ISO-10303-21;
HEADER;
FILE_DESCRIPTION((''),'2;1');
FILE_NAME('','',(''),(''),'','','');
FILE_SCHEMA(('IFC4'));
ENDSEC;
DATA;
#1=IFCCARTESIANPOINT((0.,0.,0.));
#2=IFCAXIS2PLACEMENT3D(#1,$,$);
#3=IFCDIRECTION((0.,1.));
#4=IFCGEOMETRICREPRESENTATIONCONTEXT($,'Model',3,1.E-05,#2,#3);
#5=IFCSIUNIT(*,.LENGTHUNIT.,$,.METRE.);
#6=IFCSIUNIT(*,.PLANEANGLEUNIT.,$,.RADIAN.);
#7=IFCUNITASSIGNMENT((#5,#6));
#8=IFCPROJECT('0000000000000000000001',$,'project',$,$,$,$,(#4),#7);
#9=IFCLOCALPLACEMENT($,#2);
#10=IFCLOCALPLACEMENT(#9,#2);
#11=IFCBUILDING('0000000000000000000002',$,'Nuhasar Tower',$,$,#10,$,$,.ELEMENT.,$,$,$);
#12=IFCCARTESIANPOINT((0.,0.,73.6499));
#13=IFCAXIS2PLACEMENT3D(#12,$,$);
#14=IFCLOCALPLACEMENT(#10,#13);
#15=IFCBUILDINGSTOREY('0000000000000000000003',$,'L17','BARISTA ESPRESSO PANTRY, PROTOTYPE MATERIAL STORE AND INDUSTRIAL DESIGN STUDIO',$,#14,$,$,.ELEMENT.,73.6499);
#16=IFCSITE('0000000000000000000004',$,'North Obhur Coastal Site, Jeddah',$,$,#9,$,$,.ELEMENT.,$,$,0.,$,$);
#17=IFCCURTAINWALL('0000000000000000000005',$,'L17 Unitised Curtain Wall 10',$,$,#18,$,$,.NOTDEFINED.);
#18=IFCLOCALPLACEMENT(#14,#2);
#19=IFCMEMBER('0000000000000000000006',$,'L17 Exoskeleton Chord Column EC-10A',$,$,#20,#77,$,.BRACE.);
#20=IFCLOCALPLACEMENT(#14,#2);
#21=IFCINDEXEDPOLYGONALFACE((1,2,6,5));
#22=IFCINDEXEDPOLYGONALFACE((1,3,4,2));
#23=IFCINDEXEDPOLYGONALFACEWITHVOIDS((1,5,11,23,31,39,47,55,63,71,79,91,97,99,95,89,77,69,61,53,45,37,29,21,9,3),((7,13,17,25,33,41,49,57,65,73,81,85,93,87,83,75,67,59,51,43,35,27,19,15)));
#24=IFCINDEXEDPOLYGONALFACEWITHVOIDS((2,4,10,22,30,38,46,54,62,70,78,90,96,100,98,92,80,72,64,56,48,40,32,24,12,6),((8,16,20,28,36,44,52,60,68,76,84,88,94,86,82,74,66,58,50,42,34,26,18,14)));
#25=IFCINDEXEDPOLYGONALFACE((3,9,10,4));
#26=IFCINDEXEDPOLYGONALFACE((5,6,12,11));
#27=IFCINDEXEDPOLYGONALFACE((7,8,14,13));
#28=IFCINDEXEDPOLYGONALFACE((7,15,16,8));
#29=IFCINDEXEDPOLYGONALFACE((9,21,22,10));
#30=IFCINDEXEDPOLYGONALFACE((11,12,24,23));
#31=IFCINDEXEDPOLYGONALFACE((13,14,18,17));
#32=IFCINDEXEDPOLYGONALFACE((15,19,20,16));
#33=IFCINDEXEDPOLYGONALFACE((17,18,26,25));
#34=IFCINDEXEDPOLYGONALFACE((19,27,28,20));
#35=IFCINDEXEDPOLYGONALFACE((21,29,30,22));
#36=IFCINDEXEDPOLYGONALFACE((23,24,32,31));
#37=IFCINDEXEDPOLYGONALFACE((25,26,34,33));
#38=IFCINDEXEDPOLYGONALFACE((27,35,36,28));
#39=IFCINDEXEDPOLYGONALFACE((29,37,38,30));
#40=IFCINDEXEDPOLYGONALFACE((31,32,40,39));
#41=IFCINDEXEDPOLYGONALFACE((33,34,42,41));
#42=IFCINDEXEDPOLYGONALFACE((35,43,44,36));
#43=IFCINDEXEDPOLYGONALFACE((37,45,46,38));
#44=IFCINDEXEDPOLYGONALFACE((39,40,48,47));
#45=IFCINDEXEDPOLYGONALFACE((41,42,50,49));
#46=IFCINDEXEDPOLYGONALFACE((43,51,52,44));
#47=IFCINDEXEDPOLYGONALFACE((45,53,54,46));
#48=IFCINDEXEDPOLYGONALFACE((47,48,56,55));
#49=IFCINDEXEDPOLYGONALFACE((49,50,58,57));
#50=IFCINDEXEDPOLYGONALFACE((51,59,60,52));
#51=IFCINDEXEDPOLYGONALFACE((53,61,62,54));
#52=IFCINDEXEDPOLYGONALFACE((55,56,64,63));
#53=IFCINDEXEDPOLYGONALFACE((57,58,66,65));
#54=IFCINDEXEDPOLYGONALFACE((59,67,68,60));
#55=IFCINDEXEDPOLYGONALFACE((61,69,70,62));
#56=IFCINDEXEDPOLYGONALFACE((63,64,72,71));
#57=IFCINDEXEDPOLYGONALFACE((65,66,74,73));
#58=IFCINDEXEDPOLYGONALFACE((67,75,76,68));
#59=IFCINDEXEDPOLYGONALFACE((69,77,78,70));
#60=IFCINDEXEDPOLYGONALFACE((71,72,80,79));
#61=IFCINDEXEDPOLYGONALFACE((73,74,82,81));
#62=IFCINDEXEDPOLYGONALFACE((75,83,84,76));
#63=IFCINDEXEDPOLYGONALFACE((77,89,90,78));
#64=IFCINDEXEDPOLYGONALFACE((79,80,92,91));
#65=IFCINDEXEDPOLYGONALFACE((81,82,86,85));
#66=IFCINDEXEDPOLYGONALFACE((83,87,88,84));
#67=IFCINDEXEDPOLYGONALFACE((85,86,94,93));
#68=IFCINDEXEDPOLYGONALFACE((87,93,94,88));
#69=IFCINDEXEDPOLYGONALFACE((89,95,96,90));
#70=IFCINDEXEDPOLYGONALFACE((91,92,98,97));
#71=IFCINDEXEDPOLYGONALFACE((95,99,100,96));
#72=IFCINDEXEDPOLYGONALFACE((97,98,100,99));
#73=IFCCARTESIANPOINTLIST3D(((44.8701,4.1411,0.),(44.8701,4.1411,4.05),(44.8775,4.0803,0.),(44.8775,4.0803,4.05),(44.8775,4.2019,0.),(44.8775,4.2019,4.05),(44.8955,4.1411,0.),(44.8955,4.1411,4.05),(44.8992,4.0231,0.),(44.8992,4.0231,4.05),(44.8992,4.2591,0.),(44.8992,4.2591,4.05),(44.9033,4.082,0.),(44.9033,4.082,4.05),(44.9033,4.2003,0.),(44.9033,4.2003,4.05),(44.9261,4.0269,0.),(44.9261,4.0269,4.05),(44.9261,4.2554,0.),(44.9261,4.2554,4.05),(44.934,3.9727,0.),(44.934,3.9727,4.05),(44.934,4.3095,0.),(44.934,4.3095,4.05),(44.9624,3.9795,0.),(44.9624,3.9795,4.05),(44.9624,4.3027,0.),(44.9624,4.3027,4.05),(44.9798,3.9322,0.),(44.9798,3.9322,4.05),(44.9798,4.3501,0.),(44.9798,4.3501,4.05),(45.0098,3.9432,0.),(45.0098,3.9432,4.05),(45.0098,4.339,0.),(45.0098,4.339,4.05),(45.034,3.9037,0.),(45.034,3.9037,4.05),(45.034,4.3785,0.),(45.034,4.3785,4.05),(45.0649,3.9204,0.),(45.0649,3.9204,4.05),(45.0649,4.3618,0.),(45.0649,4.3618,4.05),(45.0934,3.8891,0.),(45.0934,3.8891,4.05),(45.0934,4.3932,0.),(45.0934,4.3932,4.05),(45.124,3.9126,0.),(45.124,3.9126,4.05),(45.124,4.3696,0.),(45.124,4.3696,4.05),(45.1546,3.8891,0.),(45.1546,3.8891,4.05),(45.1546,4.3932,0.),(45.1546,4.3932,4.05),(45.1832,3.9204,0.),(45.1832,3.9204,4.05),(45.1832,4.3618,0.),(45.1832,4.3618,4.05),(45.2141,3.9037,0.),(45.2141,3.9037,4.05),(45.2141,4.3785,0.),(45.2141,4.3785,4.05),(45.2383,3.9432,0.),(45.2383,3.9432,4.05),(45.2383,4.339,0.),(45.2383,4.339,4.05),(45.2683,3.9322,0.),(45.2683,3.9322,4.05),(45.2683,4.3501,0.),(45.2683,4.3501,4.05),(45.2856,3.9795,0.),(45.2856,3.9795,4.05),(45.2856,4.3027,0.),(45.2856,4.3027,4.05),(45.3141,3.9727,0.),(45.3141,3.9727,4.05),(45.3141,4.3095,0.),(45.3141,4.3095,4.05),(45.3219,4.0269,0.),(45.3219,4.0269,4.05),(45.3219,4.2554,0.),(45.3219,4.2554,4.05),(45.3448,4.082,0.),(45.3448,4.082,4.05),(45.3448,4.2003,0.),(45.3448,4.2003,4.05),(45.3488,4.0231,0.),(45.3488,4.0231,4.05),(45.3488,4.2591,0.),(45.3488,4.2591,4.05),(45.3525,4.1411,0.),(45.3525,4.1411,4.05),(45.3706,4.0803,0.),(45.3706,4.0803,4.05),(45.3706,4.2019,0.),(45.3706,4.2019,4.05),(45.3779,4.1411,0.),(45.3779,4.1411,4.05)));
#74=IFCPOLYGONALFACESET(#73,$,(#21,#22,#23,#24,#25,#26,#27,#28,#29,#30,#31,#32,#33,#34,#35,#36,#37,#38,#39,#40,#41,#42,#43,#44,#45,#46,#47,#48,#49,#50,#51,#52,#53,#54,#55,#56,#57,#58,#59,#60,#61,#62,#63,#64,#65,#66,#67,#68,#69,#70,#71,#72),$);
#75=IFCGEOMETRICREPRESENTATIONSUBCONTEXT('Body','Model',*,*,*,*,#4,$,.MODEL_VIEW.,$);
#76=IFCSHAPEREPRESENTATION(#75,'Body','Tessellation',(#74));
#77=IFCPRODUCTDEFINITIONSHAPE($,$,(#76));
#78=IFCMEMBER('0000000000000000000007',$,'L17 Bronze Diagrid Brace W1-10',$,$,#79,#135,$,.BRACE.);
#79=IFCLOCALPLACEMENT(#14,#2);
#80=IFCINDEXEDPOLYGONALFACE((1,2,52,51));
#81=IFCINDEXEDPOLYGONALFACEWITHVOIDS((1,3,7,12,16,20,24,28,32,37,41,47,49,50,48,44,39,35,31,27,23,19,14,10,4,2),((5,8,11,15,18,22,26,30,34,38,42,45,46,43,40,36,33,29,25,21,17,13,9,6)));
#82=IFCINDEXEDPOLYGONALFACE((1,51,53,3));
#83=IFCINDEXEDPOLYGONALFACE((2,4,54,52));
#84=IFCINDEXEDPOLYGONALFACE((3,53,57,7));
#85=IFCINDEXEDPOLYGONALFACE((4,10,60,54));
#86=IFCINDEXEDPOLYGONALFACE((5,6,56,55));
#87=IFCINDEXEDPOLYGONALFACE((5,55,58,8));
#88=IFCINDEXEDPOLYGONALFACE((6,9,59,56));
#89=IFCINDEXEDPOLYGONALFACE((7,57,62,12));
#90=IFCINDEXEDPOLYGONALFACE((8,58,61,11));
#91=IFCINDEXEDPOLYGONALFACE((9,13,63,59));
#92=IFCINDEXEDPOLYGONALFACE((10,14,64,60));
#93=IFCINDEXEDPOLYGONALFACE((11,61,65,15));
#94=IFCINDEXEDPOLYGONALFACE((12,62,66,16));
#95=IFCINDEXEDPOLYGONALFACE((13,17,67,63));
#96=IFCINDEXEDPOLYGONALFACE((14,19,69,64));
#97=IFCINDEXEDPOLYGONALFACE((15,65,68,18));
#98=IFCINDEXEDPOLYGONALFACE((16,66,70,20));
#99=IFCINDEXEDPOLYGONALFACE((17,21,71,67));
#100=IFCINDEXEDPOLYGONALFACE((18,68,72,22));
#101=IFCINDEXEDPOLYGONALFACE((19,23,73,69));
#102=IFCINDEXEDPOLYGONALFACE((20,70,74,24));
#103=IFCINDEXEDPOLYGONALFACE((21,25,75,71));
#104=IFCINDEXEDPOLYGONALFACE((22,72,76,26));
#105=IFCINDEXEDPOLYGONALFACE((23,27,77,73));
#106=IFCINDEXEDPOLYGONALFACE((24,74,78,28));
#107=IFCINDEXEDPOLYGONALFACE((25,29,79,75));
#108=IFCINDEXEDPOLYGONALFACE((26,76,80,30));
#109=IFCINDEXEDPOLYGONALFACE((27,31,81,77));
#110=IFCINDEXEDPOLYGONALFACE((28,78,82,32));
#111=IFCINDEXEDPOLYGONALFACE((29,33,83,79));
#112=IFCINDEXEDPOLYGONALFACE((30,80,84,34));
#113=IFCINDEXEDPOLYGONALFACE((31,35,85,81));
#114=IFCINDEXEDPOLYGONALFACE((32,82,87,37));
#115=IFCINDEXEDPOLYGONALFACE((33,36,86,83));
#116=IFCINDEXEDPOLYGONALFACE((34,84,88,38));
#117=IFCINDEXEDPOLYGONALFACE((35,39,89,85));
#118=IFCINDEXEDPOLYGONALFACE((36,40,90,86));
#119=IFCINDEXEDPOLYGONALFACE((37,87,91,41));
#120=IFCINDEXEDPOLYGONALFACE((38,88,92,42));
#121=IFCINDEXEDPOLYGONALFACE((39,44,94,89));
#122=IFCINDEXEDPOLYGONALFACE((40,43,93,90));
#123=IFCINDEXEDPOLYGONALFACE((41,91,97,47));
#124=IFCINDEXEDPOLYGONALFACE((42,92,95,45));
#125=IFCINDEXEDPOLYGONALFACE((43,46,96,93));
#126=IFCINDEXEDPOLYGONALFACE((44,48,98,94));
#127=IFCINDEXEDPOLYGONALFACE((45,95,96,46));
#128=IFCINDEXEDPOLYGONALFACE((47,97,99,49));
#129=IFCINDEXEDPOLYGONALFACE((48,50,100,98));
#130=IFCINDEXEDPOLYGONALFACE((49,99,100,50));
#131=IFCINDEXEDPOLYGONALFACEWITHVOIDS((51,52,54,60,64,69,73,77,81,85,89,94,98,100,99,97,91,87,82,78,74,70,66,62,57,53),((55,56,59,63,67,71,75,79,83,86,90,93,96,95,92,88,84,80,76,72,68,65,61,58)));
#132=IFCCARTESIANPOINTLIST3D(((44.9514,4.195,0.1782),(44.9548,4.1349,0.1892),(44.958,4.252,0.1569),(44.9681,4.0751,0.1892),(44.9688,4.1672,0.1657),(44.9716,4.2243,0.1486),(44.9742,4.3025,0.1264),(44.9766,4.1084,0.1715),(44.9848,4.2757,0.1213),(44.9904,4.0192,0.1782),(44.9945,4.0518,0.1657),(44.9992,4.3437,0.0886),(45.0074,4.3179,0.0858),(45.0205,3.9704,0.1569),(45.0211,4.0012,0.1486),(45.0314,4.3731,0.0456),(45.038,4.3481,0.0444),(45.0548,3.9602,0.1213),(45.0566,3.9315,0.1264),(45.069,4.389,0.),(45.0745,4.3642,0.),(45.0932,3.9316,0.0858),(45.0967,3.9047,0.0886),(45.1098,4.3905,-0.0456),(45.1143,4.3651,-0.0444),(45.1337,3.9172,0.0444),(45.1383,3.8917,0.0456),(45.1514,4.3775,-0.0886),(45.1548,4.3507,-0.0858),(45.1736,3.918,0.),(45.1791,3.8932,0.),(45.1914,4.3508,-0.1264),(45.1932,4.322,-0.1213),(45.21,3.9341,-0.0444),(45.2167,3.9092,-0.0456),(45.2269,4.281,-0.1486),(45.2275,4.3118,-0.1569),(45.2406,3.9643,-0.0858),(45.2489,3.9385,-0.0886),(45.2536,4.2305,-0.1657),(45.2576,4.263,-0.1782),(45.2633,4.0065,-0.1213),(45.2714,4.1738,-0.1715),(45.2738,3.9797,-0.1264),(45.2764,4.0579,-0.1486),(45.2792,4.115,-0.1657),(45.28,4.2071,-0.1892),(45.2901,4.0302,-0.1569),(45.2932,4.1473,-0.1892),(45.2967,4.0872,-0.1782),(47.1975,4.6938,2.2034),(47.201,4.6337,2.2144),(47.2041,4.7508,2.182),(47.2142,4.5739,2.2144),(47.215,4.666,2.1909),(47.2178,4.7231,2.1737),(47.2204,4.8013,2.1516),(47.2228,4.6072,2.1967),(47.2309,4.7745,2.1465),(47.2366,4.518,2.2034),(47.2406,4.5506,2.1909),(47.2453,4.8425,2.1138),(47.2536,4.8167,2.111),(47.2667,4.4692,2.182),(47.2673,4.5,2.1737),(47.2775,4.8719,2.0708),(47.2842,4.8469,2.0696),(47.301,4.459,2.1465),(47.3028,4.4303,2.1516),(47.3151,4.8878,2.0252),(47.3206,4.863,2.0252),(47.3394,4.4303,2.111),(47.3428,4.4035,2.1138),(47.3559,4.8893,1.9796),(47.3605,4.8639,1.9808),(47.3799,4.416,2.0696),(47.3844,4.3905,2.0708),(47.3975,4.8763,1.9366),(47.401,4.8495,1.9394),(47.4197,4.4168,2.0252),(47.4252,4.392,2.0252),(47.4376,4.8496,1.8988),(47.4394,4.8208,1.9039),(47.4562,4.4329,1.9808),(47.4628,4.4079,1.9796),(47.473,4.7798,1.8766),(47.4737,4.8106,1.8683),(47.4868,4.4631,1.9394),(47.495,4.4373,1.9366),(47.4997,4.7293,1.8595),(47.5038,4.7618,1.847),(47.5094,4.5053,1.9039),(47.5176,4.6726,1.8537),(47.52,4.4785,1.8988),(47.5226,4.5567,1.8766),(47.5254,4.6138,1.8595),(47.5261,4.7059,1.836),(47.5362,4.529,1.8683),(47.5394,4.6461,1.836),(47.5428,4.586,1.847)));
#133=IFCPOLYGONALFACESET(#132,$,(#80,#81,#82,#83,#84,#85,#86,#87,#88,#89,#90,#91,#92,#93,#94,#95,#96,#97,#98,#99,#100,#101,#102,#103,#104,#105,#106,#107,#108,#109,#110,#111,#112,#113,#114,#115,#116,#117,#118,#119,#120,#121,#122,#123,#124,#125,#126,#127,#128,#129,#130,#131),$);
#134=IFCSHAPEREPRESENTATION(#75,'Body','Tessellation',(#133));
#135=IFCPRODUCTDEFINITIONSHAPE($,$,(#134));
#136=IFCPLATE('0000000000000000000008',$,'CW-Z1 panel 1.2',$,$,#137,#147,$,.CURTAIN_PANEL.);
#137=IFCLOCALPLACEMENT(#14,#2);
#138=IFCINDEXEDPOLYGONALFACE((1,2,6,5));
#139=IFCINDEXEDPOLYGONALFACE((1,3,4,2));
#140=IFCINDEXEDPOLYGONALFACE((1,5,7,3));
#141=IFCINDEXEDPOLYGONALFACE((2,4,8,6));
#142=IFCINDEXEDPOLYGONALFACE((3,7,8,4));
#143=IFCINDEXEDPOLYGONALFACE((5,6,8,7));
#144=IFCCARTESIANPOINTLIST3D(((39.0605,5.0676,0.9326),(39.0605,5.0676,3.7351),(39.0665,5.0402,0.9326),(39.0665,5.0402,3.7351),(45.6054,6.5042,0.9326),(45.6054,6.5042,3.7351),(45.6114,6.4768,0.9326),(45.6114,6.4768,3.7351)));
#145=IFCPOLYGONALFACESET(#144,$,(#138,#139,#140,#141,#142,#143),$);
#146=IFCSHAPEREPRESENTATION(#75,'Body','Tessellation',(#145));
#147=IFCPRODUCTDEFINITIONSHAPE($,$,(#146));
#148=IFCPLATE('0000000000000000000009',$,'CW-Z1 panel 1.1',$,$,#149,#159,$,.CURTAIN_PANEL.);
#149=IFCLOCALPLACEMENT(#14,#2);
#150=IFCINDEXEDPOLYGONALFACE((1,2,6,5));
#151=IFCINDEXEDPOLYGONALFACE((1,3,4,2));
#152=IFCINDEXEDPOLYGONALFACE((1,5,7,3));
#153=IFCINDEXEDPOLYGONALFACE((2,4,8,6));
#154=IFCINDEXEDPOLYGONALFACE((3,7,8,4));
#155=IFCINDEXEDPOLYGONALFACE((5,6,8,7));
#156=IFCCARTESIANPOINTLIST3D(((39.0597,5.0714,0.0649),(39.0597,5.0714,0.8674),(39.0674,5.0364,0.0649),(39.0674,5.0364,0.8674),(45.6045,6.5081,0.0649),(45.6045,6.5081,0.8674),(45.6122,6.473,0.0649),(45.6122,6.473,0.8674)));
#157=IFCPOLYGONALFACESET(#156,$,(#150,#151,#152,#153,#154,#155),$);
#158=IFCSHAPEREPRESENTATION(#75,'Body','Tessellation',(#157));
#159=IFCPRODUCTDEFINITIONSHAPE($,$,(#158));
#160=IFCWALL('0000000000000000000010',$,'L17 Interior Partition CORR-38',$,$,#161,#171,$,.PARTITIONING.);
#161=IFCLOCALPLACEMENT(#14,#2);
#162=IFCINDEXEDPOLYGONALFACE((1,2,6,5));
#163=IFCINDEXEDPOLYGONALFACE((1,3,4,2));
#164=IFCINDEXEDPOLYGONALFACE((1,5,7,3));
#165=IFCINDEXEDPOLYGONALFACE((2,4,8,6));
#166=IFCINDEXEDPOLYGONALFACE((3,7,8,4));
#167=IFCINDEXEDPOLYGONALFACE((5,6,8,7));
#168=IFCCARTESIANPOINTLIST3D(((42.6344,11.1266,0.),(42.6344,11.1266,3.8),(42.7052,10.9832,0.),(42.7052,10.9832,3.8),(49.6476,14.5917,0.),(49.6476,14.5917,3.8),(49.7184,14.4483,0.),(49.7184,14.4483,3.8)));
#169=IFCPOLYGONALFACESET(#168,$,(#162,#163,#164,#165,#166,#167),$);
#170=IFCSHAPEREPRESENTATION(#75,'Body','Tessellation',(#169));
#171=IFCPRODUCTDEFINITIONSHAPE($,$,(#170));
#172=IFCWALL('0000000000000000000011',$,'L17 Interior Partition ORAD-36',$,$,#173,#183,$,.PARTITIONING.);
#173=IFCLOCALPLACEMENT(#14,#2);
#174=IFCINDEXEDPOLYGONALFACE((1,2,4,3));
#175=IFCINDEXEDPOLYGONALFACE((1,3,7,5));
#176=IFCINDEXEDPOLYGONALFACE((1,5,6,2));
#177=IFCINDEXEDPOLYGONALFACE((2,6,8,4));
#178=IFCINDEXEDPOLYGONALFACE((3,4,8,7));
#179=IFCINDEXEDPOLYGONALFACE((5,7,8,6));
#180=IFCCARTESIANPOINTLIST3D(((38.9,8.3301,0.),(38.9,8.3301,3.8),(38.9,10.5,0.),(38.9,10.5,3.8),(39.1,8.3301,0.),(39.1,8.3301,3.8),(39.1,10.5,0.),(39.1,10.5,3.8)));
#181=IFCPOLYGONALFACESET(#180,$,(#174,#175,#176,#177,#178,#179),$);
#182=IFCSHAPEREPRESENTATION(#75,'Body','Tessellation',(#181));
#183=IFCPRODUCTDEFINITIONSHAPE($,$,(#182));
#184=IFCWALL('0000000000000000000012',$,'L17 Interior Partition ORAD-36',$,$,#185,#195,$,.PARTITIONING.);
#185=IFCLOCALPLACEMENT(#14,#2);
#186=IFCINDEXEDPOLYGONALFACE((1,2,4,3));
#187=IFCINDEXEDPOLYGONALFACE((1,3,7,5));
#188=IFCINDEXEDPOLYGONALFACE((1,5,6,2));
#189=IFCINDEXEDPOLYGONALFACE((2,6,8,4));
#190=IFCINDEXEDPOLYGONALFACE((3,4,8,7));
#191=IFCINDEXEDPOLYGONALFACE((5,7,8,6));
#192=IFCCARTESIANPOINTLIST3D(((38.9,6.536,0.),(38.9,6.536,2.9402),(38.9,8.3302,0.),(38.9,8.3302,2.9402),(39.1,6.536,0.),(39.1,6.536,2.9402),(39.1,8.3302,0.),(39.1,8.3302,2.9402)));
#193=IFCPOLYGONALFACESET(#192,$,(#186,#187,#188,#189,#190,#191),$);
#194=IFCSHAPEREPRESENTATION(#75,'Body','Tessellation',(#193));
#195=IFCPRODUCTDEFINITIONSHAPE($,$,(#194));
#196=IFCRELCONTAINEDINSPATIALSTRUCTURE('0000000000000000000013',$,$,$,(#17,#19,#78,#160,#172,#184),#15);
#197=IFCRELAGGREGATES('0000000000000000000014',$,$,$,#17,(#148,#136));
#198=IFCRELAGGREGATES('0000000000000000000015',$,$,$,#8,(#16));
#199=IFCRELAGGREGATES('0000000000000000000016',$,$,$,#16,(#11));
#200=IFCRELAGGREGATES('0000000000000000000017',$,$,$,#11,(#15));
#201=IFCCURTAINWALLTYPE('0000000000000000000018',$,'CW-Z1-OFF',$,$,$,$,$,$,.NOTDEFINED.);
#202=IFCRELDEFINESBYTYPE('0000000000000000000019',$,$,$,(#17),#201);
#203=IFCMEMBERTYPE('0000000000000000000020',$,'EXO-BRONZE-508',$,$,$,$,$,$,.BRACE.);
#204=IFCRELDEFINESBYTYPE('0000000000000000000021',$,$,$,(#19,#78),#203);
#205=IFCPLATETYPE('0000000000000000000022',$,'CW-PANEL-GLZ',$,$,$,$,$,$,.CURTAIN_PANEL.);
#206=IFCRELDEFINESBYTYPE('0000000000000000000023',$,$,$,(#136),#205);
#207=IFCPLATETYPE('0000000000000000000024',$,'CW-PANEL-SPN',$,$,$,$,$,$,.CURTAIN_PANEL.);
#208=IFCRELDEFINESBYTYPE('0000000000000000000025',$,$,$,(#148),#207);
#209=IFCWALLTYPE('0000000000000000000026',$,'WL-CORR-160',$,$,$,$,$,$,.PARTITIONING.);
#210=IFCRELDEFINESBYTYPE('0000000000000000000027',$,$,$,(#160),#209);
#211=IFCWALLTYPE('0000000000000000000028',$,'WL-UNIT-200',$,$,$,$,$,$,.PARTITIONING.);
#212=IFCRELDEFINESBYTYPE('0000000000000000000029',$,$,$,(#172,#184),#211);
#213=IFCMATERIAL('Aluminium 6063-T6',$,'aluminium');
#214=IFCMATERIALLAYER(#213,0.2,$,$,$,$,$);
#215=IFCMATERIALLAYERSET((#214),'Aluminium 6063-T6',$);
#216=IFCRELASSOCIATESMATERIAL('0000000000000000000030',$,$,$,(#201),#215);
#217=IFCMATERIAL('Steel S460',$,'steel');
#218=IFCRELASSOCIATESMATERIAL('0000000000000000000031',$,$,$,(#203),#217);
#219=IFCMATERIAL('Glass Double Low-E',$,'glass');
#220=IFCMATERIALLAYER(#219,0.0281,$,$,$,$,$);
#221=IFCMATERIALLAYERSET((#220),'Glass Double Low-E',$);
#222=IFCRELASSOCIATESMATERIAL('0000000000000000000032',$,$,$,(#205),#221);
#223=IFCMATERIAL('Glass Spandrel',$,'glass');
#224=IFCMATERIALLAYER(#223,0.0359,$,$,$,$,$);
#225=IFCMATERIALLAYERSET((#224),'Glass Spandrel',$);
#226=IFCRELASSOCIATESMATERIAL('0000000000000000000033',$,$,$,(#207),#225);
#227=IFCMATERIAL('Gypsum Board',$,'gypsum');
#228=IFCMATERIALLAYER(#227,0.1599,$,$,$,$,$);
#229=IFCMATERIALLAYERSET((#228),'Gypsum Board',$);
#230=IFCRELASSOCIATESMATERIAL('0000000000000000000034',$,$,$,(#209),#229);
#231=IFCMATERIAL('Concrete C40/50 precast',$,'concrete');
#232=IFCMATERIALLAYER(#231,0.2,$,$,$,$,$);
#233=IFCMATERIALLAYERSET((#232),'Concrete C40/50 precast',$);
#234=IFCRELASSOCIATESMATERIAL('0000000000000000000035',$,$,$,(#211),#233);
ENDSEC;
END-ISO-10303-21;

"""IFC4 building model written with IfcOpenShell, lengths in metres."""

from ifc_helpers import new_model, si_unit, direction, frame, frame_2d, origin, origin_2d, place, context, subcontext, project, spatial, rectangle, hollow_circle, extrude, material, layer, layer_set, material_profile, profile_set, type_object, element, aggregate, save


model = new_model("IFC4")

# Units and contexts
model_context = context("Model", 3, precision=1e-05, world=origin(), true_north=direction((0.0, 1.0)))
body_context = subcontext(model_context, "Body", "Model", "MODEL_VIEW")
ifc_project = project(units=[si_unit("LENGTHUNIT", "METRE"), si_unit("PLANEANGLEUNIT", "RADIAN")], contexts=[model_context])

# Site, building, storey
site_placement = place(None, origin())
site = spatial("IfcSite", under=ifc_project, at=site_placement, Name="North Obhur Coastal Site, Jeddah", CompositionType="ELEMENT", RefElevation=0.0)
building_placement = place(site_placement, origin())
building = spatial("IfcBuilding", under=site, at=building_placement, Name="Nuhasar Tower", CompositionType="ELEMENT")
storey_placement = place(building_placement, frame((0.0, 0.0, 73.6499)))
storey = spatial("IfcBuildingStorey", under=building, at=storey_placement, Name="L17", Description="BARISTA ESPRESSO PANTRY, PROTOTYPE MATERIAL STORE AND INDUSTRIAL DESIGN STUDIO", CompositionType="ELEMENT", Elevation=73.6499)

# Shared definitions
ifc_material_1 = material(Name="Aluminium 6063-T6", Category="aluminium")
ifc_layer_1 = layer(ifc_material_1, 0.2)
ifc_layer_set_1 = layer_set([ifc_layer_1], Name="Aluminium 6063-T6")
curtain_wall_type = type_object("IfcCurtainWallType", Name="CW-Z1-OFF", PredefinedType="NOTDEFINED", material=ifc_layer_set_1)

# Curtain wall
curtain_wall_1_placement = place(storey_placement, origin())
curtain_wall_1 = element("IfcCurtainWall", 1, at=curtain_wall_1_placement, inside=storey, type_object=curtain_wall_type, Name="L17 Unitised Curtain Wall 10", PredefinedType="NOTDEFINED")

# Members
ifc_material_2 = material(Name="Steel S460", Category="steel")
ifc_material_profile_1 = material_profile(ifc_material_2, hollow_circle(Radius=0.2539, WallThickness=0.0254, at=origin_2d()), Name="HSS508X25.4")
ifc_profile_set_1 = profile_set([ifc_material_profile_1], Name="Steel S460")
member_type_1 = type_object("IfcMemberType", Name="EXO-BRONZE-508", PredefinedType="BRACE", material=ifc_profile_set_1)
member_1_placement = place(storey_placement, frame((45.124, 4.1411, 0.0), z_axis=(0.0, 0.0, 1.0), x_axis=(1.0, 0.0, 0.0)))
element("IfcMember", 2, at=member_1_placement, inside=storey, type_object=member_type_1, Name="L17 Exoskeleton Chord Column EC-10A", PredefinedType="BRACE", context=body_context, shape_type="SweptSolid", body=[
    extrude(hollow_circle(Radius=0.2539, WallThickness=0.0254, at=origin_2d()), origin(), (0.0, 0.0, 1.0), 4.05),
])
member_2_placement = place(storey_placement, frame((45.124, 4.1411, 0.0), z_axis=(0.732792, 0.162728, 0.660708), x_axis=(-0.216784, 0.97622, 0.0)))
element("IfcMember", 3, at=member_2_placement, inside=storey, type_object=member_type_1, Name="L17 Bronze Diagrid Brace W1-10", PredefinedType="BRACE", context=body_context, shape_type="SweptSolid", body=[
    extrude(hollow_circle(Radius=0.2539, WallThickness=0.0254, at=origin_2d()), origin(), (0.0, 0.0, 1.0), 3.0652),
])

# Plates
ifc_material_3 = material(Name="Glass Double Low-E", Category="glass")
ifc_layer_2 = layer(ifc_material_3, 0.0281)
ifc_layer_set_2 = layer_set([ifc_layer_2], Name="Glass Double Low-E")
plate_type_1 = type_object("IfcPlateType", Name="CW-PANEL-GLZ", PredefinedType="CURTAIN_PANEL", material=ifc_layer_set_2)
plate_1_placement = place(storey_placement, frame((42.3359, 5.7722, 0.9326), z_axis=(0.0, 0.0, 1.0), x_axis=(0.976746, 0.214399, 0.0)))
plate_1 = element("IfcPlate", 4, at=plate_1_placement, type_object=plate_type_1, Name="CW-Z1 panel 1.2", PredefinedType="CURTAIN_PANEL", context=body_context, shape_type="SweptSolid", body=[
    extrude(rectangle(XDim=6.7007, YDim=0.0281, at=origin_2d()), origin(), (0.0, 0.0, 1.0), 2.8025),
])
ifc_material_4 = material(Name="Glass Spandrel", Category="glass")
ifc_layer_3 = layer(ifc_material_4, 0.0359)
ifc_layer_set_3 = layer_set([ifc_layer_3], Name="Glass Spandrel")
plate_type_2 = type_object("IfcPlateType", Name="CW-PANEL-SPN", PredefinedType="CURTAIN_PANEL", material=ifc_layer_set_3)
plate_2_placement = place(storey_placement, frame((42.3359, 5.7722, 0.0649), z_axis=(0.0, 0.0, 1.0), x_axis=(0.976746, 0.214399, 0.0)))
plate_2 = element("IfcPlate", 5, at=plate_2_placement, type_object=plate_type_2, Name="CW-Z1 panel 1.1", PredefinedType="CURTAIN_PANEL", context=body_context, shape_type="SweptSolid", body=[
    extrude(rectangle(XDim=6.7007, YDim=0.0359, at=origin_2d()), origin(), (0.0, 0.0, 1.0), 0.8025),
])
aggregate(curtain_wall_1, [plate_2, plate_1])

# Shared definitions
ifc_material_5 = material(Name="Gypsum Board", Category="gypsum")
ifc_layer_4 = layer(ifc_material_5, 0.1599)
ifc_layer_set_4 = layer_set([ifc_layer_4], Name="Gypsum Board")
wall_type_1 = type_object("IfcWallType", Name="WL-CORR-160", PredefinedType="PARTITIONING", material=ifc_layer_set_4)

# Walls
wall_1_placement = place(storey_placement, frame((42.6699, 11.0549, 0.0), z_axis=(0.0, 0.0, 1.0), x_axis=(0.896539, 0.442964, 0.0)))
element("IfcWall", 6, at=wall_1_placement, inside=storey, type_object=wall_type_1, Name="L17 Interior Partition CORR-38", PredefinedType="PARTITIONING", context=body_context, shape_type="SweptSolid", body=[
    extrude(rectangle(XDim=7.8225, YDim=0.1599, at=frame_2d((3.9111, 0.0))), origin(), (0.0, 0.0, 1.0), 3.8),
])
ifc_material_6 = material(Name="Concrete C40/50 precast", Category="concrete")
ifc_layer_5 = layer(ifc_material_6, 0.2)
ifc_layer_set_5 = layer_set([ifc_layer_5], Name="Concrete C40/50 precast")
wall_type_2 = type_object("IfcWallType", Name="WL-UNIT-200", PredefinedType="PARTITIONING", material=ifc_layer_set_5)
wall_2_placement = place(storey_placement, frame((39.0, 10.5, 0.0), z_axis=(0.0, 0.0, 1.0), x_axis=(0.0, -1.0, 0.0)))
element("IfcWall", 7, at=wall_2_placement, inside=storey, type_object=wall_type_2, Name="L17 Interior Partition ORAD-36", PredefinedType="PARTITIONING", context=body_context, shape_type="SweptSolid", body=[
    extrude(rectangle(XDim=2.1699, YDim=0.2, at=frame_2d((1.085, 0.0))), origin(), (0.0, 0.0, 1.0), 3.8),
])
wall_3_placement = place(storey_placement, frame((39.0, 8.3301, 0.0), z_axis=(0.0, 0.0, 1.0), x_axis=(0.0, -1.0, 0.0)))
element("IfcWall", 8, at=wall_3_placement, inside=storey, type_object=wall_type_2, Name="L17 Interior Partition ORAD-36", PredefinedType="PARTITIONING", context=body_context, shape_type="SweptSolid", body=[
    extrude(rectangle(XDim=1.7942, YDim=0.2, at=frame_2d((0.897, 0.0))), origin(), (0.0, 0.0, 1.0), 2.9402),
])

save(model, "model.ifc")
